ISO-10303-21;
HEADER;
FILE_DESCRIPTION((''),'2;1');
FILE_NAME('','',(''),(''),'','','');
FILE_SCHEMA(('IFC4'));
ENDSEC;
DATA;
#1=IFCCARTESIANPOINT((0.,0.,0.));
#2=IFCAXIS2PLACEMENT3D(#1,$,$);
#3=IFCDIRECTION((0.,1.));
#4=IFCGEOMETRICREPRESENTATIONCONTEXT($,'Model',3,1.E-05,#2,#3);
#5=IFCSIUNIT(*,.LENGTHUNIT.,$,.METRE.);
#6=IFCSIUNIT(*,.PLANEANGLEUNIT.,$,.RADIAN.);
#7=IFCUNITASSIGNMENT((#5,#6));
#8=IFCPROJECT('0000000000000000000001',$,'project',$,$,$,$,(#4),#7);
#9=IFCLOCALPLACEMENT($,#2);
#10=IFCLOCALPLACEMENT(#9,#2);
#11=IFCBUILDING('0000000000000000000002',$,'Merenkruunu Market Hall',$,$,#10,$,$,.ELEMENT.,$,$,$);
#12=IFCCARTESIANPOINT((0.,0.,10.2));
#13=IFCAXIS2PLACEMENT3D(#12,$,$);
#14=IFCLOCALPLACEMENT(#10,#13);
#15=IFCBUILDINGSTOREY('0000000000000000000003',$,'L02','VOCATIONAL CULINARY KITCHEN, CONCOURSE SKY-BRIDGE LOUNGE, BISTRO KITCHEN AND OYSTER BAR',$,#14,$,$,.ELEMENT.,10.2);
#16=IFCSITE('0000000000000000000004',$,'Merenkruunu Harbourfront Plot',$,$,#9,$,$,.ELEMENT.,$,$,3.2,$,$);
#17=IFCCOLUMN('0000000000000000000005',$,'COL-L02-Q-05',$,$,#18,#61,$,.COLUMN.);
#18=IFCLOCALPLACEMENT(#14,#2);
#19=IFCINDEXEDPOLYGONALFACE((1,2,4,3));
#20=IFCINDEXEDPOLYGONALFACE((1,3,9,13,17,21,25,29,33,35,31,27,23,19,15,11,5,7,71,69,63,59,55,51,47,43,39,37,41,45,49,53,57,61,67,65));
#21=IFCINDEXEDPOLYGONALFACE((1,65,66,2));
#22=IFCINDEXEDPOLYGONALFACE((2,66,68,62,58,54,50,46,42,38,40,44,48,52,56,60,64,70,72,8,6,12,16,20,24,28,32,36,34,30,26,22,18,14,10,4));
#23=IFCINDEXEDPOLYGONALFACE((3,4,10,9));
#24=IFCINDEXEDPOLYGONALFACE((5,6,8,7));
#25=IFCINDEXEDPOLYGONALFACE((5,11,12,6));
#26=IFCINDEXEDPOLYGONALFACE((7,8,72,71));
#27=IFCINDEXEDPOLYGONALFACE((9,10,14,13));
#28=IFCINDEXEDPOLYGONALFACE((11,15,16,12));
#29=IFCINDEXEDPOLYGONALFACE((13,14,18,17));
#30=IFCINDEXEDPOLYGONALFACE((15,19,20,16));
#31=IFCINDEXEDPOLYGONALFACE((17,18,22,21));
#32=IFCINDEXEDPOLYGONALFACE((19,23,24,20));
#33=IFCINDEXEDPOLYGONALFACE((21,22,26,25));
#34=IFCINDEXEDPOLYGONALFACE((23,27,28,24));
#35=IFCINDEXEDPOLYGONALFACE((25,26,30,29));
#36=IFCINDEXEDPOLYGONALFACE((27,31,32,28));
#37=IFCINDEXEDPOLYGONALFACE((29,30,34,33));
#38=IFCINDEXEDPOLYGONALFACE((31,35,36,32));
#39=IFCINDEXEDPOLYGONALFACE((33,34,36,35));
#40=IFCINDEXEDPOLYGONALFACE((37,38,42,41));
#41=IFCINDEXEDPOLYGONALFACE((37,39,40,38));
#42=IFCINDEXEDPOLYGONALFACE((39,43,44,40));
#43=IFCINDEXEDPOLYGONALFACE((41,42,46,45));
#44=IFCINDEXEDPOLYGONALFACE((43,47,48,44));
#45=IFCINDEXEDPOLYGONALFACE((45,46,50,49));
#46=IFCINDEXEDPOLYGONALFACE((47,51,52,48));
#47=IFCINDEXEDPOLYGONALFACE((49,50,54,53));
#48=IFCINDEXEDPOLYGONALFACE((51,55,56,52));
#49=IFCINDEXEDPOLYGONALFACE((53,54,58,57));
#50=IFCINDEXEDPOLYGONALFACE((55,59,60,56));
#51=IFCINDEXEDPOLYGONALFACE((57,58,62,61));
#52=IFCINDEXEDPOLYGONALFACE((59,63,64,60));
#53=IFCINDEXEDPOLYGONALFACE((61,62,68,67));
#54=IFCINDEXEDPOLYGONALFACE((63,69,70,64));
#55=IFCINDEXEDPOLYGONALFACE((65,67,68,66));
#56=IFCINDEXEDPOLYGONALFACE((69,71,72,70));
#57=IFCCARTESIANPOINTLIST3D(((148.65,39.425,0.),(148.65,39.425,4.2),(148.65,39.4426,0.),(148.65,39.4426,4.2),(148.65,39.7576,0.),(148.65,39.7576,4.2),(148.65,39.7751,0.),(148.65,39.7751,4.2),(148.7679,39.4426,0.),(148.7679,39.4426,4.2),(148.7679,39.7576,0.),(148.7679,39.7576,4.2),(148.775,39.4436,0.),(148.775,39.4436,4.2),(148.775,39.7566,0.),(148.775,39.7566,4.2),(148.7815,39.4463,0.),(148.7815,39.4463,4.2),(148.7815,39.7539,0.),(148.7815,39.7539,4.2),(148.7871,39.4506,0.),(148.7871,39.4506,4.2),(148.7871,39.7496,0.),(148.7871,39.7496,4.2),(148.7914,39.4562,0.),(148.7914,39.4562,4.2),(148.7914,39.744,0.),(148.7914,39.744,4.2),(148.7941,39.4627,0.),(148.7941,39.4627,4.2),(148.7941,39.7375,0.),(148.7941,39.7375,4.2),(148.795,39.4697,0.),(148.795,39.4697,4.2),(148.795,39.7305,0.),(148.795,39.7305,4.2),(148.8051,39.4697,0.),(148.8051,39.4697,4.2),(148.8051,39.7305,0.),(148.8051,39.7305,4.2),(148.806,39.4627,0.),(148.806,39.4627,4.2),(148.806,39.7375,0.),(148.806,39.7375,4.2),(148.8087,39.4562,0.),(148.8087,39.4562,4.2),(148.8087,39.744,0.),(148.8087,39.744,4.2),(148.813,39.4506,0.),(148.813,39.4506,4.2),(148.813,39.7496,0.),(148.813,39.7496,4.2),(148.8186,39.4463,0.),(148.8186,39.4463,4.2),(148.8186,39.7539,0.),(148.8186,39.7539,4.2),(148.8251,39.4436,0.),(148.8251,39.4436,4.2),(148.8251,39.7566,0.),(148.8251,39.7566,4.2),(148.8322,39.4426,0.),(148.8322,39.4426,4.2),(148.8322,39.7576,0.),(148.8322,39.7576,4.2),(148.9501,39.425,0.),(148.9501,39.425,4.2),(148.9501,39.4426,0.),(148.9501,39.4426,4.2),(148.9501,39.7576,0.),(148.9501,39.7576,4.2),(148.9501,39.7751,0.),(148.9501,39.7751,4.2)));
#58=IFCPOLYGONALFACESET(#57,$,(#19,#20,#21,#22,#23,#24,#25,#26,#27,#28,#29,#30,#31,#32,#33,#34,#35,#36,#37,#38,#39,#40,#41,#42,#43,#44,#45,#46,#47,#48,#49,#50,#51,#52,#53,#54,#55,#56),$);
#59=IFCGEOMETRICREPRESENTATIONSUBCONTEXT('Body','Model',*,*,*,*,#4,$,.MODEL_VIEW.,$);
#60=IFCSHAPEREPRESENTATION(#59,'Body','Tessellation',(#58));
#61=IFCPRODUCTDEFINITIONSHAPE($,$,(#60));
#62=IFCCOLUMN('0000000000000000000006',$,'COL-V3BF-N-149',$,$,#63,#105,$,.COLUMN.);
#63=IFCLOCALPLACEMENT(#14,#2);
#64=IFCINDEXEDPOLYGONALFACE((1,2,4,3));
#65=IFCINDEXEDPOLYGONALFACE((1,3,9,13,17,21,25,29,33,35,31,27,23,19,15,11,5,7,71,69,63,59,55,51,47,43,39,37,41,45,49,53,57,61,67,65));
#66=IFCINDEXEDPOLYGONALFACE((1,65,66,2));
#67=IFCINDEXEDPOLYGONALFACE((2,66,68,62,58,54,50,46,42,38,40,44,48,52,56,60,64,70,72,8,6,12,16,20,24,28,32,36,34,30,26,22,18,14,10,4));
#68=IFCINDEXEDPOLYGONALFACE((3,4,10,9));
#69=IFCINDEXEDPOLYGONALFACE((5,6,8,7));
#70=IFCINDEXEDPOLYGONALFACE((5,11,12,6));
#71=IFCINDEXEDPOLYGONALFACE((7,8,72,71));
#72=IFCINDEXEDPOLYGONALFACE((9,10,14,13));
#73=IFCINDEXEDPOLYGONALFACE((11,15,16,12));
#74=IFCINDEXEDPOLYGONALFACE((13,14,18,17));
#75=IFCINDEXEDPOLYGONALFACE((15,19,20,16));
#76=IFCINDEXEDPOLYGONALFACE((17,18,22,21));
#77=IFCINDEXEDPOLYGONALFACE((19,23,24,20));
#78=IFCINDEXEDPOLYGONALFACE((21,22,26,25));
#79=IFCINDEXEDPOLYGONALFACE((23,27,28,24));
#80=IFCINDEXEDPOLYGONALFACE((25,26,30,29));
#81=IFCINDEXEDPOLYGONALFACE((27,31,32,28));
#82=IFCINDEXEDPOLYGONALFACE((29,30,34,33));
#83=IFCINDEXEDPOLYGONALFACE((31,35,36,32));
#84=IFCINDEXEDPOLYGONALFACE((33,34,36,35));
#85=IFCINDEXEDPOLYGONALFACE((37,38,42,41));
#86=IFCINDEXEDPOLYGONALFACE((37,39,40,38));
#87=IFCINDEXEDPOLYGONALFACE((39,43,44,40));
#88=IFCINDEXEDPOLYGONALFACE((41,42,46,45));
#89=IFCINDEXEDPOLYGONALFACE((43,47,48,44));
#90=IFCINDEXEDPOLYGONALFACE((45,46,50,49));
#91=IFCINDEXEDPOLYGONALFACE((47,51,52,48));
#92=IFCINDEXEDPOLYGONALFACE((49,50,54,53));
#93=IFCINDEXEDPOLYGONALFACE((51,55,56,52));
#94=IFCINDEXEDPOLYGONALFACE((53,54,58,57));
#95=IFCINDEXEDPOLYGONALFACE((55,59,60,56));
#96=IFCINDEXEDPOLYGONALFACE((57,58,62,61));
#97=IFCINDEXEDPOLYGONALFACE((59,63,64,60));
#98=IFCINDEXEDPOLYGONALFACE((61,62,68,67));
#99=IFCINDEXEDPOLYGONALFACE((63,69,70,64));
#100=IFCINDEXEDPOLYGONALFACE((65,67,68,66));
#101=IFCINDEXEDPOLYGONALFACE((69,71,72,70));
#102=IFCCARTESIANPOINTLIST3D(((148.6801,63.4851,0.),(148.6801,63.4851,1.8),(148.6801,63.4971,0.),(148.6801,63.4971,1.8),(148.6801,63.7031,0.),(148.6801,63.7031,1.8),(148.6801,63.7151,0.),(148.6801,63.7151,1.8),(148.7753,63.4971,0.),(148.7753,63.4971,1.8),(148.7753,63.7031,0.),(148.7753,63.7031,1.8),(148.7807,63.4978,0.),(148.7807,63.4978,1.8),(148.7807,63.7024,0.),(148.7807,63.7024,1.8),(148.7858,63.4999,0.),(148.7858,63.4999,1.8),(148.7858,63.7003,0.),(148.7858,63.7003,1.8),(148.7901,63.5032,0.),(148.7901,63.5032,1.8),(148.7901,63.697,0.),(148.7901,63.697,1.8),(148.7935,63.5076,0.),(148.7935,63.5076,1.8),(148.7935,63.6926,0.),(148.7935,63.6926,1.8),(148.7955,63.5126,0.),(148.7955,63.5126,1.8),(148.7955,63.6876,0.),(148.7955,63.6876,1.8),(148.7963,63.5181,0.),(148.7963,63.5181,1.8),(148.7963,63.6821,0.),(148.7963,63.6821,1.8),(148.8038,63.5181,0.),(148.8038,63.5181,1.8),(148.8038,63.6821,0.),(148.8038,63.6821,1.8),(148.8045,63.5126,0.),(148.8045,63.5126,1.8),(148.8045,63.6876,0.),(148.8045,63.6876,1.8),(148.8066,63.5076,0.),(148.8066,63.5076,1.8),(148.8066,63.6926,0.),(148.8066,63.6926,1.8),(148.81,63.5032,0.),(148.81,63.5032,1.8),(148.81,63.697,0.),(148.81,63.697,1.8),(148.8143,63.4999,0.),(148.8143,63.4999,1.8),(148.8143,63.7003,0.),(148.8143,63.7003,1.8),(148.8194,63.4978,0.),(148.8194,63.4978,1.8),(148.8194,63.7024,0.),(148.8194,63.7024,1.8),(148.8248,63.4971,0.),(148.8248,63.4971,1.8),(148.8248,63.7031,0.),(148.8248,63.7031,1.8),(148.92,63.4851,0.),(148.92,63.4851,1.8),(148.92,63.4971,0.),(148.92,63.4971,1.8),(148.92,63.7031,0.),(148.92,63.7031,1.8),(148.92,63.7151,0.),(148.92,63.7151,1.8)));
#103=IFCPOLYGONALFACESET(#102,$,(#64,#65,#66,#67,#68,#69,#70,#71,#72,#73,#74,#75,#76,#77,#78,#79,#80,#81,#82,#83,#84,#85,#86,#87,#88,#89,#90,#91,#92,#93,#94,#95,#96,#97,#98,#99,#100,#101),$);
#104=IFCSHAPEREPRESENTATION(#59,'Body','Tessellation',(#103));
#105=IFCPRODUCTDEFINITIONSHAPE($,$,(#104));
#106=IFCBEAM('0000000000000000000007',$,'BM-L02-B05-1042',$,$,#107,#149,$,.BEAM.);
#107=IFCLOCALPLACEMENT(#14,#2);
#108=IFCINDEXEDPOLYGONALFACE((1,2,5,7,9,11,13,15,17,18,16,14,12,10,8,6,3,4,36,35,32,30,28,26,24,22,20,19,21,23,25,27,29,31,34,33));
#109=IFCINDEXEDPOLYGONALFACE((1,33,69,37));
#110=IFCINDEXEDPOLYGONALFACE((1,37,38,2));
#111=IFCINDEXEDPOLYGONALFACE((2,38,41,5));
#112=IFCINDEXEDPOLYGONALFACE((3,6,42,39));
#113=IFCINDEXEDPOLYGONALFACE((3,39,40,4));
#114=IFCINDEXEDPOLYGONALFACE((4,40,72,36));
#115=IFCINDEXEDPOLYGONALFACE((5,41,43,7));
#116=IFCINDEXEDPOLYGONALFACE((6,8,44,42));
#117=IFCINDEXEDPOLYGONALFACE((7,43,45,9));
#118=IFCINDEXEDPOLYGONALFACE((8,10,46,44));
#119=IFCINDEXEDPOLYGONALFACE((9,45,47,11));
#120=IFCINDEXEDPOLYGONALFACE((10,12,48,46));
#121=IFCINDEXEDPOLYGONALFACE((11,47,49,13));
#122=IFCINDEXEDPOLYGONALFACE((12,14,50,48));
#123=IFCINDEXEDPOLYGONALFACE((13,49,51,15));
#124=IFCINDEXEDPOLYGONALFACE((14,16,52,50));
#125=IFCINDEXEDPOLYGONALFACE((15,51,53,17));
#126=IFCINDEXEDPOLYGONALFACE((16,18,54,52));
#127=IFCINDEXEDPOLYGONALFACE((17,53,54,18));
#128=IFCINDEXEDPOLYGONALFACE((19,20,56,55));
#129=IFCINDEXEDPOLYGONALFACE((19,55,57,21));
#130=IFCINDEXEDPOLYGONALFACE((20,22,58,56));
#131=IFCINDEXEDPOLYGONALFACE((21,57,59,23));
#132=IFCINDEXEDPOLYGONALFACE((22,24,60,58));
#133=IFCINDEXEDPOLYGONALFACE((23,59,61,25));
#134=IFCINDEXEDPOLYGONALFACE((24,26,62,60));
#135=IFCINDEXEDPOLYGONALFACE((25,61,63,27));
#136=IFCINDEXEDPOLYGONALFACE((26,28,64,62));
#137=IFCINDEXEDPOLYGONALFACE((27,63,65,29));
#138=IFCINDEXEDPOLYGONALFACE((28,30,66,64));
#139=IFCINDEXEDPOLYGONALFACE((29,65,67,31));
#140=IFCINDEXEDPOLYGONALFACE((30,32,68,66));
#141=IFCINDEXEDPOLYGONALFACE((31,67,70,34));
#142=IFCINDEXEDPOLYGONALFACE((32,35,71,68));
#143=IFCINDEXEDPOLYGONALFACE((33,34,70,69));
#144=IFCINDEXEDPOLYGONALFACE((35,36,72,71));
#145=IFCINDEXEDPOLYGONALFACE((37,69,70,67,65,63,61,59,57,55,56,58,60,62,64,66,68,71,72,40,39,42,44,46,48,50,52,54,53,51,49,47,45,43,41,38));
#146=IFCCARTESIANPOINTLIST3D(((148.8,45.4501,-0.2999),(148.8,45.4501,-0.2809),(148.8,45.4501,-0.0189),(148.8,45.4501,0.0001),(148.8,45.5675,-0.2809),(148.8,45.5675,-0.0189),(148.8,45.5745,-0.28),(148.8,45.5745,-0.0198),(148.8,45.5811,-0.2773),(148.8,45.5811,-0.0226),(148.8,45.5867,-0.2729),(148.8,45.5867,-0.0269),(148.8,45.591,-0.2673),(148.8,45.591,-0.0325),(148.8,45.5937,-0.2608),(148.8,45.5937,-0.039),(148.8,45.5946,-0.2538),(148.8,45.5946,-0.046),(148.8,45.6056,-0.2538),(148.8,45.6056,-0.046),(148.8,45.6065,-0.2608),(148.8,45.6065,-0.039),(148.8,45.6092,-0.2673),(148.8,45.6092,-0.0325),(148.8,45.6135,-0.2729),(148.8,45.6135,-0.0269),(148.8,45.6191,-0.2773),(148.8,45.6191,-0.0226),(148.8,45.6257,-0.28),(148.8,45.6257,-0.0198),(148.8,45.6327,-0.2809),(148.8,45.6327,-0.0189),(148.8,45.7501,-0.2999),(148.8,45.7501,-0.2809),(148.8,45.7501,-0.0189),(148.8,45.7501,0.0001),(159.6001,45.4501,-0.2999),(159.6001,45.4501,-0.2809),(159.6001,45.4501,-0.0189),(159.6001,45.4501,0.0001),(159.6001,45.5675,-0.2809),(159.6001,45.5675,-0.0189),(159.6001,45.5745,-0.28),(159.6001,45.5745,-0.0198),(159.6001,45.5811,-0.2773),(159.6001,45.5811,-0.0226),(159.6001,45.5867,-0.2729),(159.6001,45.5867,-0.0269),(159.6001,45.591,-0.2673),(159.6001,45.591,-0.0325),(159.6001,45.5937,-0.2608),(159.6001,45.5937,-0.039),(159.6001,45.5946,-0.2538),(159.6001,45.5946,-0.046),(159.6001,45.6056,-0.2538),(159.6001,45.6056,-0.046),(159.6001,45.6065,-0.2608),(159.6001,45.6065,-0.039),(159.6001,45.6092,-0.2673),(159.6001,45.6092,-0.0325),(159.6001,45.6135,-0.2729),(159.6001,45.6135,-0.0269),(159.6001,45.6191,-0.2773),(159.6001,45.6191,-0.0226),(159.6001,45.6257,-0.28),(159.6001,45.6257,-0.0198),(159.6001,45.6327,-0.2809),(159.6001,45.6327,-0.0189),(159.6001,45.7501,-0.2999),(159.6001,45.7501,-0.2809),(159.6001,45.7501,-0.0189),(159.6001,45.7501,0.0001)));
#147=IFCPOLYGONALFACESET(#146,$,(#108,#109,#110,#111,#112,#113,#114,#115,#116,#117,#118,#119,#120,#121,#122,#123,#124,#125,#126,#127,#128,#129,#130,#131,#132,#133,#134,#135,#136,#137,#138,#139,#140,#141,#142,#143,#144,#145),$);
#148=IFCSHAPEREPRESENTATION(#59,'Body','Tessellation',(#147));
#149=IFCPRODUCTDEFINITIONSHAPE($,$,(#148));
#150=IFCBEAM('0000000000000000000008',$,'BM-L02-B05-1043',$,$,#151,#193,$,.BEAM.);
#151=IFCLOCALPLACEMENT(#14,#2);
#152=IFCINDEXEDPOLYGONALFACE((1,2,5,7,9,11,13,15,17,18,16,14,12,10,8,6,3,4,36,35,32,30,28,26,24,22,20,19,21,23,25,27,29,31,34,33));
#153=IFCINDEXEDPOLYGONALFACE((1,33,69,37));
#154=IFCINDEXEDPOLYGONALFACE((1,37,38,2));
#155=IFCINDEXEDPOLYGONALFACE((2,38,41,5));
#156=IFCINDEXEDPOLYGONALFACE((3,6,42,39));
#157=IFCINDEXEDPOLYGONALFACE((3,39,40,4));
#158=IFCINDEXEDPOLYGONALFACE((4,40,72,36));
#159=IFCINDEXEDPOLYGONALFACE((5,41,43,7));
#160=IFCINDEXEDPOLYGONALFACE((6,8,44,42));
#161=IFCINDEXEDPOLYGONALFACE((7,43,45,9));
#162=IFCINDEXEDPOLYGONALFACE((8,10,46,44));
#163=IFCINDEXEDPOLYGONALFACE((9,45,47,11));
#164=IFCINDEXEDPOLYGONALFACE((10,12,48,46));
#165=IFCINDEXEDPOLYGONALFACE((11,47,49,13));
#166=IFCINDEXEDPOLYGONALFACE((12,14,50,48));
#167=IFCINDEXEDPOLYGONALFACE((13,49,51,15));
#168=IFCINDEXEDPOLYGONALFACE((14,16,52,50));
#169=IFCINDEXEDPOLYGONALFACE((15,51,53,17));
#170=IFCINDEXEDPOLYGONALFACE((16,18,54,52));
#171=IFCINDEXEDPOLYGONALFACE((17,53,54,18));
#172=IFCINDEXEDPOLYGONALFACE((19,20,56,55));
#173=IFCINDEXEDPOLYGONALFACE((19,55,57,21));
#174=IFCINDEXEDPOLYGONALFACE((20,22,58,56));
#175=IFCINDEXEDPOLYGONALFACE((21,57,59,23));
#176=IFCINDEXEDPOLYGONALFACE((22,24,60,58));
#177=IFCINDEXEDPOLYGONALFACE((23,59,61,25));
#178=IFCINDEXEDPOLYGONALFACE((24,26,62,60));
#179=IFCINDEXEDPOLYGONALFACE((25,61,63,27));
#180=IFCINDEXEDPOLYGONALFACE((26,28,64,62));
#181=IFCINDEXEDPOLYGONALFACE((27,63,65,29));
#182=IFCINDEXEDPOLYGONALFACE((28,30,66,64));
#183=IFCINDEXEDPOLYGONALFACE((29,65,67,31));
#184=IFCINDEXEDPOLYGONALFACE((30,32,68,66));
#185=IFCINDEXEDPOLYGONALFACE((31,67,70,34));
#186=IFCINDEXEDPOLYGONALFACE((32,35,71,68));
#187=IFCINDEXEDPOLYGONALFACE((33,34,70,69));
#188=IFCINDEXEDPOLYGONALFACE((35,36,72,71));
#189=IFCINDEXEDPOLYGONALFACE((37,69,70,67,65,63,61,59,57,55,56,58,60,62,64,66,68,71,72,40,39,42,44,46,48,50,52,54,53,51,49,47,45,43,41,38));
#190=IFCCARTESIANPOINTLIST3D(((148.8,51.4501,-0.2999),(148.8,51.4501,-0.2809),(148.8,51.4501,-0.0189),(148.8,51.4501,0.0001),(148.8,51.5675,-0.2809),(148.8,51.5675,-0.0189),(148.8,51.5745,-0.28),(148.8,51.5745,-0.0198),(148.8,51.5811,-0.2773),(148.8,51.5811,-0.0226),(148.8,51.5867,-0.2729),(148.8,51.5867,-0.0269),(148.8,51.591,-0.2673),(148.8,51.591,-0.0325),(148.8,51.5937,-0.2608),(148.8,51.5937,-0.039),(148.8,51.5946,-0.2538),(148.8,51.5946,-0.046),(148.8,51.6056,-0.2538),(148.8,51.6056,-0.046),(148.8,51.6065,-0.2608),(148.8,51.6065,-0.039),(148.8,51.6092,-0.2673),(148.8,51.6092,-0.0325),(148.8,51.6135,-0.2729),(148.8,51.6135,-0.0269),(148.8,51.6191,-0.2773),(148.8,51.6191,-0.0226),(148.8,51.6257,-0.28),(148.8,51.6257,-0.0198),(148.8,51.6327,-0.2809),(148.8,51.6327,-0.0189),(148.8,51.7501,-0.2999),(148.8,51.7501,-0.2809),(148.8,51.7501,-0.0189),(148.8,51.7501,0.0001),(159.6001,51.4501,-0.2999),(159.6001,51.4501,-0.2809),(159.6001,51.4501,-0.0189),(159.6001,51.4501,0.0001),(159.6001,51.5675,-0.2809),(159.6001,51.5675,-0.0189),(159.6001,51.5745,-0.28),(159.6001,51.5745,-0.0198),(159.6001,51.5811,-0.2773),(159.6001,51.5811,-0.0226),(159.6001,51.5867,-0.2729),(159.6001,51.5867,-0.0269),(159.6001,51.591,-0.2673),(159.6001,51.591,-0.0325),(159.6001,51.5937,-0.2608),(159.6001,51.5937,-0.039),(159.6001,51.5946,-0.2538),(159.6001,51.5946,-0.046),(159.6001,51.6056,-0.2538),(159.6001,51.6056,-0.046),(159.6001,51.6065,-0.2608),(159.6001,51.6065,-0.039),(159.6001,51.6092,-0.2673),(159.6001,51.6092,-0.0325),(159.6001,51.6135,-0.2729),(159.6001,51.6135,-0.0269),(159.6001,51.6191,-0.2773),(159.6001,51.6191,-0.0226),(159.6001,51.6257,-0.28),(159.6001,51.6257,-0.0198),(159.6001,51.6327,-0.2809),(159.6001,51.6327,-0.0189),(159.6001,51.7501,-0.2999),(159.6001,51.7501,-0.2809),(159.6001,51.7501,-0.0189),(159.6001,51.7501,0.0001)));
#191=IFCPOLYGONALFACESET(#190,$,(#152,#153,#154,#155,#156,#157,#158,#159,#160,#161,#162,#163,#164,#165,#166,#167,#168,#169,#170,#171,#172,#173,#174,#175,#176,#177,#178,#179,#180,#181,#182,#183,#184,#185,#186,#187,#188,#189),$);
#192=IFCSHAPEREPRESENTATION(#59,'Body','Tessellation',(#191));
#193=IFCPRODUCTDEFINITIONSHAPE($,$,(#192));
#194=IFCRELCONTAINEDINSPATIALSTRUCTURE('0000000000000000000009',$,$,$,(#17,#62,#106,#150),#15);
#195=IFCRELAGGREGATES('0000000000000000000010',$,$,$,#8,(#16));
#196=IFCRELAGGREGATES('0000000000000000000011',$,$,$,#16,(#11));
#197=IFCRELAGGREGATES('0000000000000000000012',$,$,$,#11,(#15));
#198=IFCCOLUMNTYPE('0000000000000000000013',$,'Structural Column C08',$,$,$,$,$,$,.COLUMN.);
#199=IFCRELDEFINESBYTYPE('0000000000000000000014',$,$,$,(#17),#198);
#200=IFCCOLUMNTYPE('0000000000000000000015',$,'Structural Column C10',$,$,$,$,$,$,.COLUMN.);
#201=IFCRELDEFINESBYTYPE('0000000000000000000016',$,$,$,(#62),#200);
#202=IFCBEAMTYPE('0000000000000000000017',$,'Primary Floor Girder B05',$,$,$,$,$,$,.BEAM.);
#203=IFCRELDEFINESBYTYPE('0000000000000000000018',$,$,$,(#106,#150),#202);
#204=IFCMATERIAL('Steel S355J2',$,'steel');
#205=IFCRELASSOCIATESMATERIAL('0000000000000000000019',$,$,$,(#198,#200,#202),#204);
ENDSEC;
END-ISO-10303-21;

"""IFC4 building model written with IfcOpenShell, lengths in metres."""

from ifc_helpers import new_model, si_unit, direction, frame, origin, origin_2d, place, context, subcontext, project, spatial, i_section, extrude, material, material_profile, profile_set, type_object, element, save


model = new_model("IFC4")

# Units and contexts
model_context = context("Model", 3, precision=1e-05, world=origin(), true_north=direction((0.0, 1.0)))
body_context = subcontext(model_context, "Body", "Model", "MODEL_VIEW")
ifc_project = project(units=[si_unit("LENGTHUNIT", "METRE"), si_unit("PLANEANGLEUNIT", "RADIAN")], contexts=[model_context])

# Site, building, storey
site_placement = place(None, origin())
site = spatial("IfcSite", under=ifc_project, at=site_placement, Name="Merenkruunu Harbourfront Plot", CompositionType="ELEMENT", RefElevation=3.2)
building_placement = place(site_placement, origin())
building = spatial("IfcBuilding", under=site, at=building_placement, Name="Merenkruunu Market Hall", CompositionType="ELEMENT")
storey_placement = place(building_placement, frame((0.0, 0.0, 10.2)))
storey = spatial("IfcBuildingStorey", under=building, at=storey_placement, Name="L02", Description="VOCATIONAL CULINARY KITCHEN, CONCOURSE SKY-BRIDGE LOUNGE, BISTRO KITCHEN AND OYSTER BAR", CompositionType="ELEMENT", Elevation=10.2)

# Columns
ifc_material_1 = material(Name="Steel S355J2", Category="steel")
ifc_material_profile_1 = material_profile(ifc_material_1, i_section(OverallWidth=0.3, OverallDepth=0.3501, WebThickness=0.01, FlangeThickness=0.0176, FilletRadius=0.0271, at=origin_2d()), Name="HEA 360")
ifc_profile_set_1 = profile_set([ifc_material_profile_1], Name="Steel S355J2")
column_type_1 = type_object("IfcColumnType", Name="Structural Column C08", PredefinedType="COLUMN", material=ifc_profile_set_1)
column_1_placement = place(storey_placement, frame((148.8, 39.6001, 0.0), z_axis=(0.0, 0.0, 1.0), x_axis=(1.0, 0.0, 0.0)))
element("IfcColumn", 1, at=column_1_placement, inside=storey, type_object=column_type_1, Name="COL-L02-Q-05", PredefinedType="COLUMN", context=body_context, shape_type="SweptSolid", body=[
    extrude(i_section(OverallWidth=0.3, OverallDepth=0.3501, WebThickness=0.01, FlangeThickness=0.0176, FilletRadius=0.0271, at=origin_2d()), origin(), (0.0, 0.0, 1.0), 4.2),
])
ifc_material_profile_2 = material_profile(ifc_material_1, i_section(OverallWidth=0.24, OverallDepth=0.23, WebThickness=0.0076, FlangeThickness=0.012, FilletRadius=0.021, at=origin_2d()), Name="HEA 240")
ifc_profile_set_2 = profile_set([ifc_material_profile_2], Name="Steel S355J2")
column_type_2 = type_object("IfcColumnType", Name="Structural Column C10", PredefinedType="COLUMN", material=ifc_profile_set_2)
column_2_placement = place(storey_placement, frame((148.8, 63.6001, 0.0), z_axis=(0.0, 0.0, 1.0), x_axis=(1.0, 0.0, 0.0)))
element("IfcColumn", 2, at=column_2_placement, inside=storey, type_object=column_type_2, Name="COL-V3BF-N-149", PredefinedType="COLUMN", context=body_context, shape_type="SweptSolid", body=[
    extrude(i_section(OverallWidth=0.24, OverallDepth=0.23, WebThickness=0.0076, FlangeThickness=0.012, FilletRadius=0.021, at=origin_2d()), origin(), (0.0, 0.0, 1.0), 1.8),
])

# Beams
ifc_material_profile_3 = material_profile(ifc_material_1, i_section(OverallWidth=0.3, OverallDepth=0.3, WebThickness=0.011, FlangeThickness=0.019, FilletRadius=0.0271, at=origin_2d()), Name="HEB 300")
ifc_profile_set_3 = profile_set([ifc_material_profile_3], Name="Steel S355J2")
beam_type_1 = type_object("IfcBeamType", Name="Primary Floor Girder B05", PredefinedType="BEAM", material=ifc_profile_set_3)
for number, where, z_axis, x_axis, name in (
    (3, (148.8, 45.6001, -0.1499), (1.0, 0.0, 0.0), (0.0, 1.0, 0.0), "BM-L02-B05-1042"),
    (4, (148.8, 51.6001, -0.1499), (1.0, 0.0, 0.0), (0.0, 1.0, 0.0), "BM-L02-B05-1043"),
):
    element("IfcBeam", number, at=place(storey_placement, frame(where, z_axis=z_axis, x_axis=x_axis)), inside=storey, type_object=beam_type_1, Name=name, PredefinedType="BEAM", context=body_context, shape_type="SweptSolid", body=[
        extrude(i_section(OverallWidth=0.3, OverallDepth=0.3, WebThickness=0.011, FlangeThickness=0.019, FilletRadius=0.0271, at=origin_2d()), origin(), (0.0, 0.0, 1.0), 10.8),
    ])

save(model, "model.ifc")
